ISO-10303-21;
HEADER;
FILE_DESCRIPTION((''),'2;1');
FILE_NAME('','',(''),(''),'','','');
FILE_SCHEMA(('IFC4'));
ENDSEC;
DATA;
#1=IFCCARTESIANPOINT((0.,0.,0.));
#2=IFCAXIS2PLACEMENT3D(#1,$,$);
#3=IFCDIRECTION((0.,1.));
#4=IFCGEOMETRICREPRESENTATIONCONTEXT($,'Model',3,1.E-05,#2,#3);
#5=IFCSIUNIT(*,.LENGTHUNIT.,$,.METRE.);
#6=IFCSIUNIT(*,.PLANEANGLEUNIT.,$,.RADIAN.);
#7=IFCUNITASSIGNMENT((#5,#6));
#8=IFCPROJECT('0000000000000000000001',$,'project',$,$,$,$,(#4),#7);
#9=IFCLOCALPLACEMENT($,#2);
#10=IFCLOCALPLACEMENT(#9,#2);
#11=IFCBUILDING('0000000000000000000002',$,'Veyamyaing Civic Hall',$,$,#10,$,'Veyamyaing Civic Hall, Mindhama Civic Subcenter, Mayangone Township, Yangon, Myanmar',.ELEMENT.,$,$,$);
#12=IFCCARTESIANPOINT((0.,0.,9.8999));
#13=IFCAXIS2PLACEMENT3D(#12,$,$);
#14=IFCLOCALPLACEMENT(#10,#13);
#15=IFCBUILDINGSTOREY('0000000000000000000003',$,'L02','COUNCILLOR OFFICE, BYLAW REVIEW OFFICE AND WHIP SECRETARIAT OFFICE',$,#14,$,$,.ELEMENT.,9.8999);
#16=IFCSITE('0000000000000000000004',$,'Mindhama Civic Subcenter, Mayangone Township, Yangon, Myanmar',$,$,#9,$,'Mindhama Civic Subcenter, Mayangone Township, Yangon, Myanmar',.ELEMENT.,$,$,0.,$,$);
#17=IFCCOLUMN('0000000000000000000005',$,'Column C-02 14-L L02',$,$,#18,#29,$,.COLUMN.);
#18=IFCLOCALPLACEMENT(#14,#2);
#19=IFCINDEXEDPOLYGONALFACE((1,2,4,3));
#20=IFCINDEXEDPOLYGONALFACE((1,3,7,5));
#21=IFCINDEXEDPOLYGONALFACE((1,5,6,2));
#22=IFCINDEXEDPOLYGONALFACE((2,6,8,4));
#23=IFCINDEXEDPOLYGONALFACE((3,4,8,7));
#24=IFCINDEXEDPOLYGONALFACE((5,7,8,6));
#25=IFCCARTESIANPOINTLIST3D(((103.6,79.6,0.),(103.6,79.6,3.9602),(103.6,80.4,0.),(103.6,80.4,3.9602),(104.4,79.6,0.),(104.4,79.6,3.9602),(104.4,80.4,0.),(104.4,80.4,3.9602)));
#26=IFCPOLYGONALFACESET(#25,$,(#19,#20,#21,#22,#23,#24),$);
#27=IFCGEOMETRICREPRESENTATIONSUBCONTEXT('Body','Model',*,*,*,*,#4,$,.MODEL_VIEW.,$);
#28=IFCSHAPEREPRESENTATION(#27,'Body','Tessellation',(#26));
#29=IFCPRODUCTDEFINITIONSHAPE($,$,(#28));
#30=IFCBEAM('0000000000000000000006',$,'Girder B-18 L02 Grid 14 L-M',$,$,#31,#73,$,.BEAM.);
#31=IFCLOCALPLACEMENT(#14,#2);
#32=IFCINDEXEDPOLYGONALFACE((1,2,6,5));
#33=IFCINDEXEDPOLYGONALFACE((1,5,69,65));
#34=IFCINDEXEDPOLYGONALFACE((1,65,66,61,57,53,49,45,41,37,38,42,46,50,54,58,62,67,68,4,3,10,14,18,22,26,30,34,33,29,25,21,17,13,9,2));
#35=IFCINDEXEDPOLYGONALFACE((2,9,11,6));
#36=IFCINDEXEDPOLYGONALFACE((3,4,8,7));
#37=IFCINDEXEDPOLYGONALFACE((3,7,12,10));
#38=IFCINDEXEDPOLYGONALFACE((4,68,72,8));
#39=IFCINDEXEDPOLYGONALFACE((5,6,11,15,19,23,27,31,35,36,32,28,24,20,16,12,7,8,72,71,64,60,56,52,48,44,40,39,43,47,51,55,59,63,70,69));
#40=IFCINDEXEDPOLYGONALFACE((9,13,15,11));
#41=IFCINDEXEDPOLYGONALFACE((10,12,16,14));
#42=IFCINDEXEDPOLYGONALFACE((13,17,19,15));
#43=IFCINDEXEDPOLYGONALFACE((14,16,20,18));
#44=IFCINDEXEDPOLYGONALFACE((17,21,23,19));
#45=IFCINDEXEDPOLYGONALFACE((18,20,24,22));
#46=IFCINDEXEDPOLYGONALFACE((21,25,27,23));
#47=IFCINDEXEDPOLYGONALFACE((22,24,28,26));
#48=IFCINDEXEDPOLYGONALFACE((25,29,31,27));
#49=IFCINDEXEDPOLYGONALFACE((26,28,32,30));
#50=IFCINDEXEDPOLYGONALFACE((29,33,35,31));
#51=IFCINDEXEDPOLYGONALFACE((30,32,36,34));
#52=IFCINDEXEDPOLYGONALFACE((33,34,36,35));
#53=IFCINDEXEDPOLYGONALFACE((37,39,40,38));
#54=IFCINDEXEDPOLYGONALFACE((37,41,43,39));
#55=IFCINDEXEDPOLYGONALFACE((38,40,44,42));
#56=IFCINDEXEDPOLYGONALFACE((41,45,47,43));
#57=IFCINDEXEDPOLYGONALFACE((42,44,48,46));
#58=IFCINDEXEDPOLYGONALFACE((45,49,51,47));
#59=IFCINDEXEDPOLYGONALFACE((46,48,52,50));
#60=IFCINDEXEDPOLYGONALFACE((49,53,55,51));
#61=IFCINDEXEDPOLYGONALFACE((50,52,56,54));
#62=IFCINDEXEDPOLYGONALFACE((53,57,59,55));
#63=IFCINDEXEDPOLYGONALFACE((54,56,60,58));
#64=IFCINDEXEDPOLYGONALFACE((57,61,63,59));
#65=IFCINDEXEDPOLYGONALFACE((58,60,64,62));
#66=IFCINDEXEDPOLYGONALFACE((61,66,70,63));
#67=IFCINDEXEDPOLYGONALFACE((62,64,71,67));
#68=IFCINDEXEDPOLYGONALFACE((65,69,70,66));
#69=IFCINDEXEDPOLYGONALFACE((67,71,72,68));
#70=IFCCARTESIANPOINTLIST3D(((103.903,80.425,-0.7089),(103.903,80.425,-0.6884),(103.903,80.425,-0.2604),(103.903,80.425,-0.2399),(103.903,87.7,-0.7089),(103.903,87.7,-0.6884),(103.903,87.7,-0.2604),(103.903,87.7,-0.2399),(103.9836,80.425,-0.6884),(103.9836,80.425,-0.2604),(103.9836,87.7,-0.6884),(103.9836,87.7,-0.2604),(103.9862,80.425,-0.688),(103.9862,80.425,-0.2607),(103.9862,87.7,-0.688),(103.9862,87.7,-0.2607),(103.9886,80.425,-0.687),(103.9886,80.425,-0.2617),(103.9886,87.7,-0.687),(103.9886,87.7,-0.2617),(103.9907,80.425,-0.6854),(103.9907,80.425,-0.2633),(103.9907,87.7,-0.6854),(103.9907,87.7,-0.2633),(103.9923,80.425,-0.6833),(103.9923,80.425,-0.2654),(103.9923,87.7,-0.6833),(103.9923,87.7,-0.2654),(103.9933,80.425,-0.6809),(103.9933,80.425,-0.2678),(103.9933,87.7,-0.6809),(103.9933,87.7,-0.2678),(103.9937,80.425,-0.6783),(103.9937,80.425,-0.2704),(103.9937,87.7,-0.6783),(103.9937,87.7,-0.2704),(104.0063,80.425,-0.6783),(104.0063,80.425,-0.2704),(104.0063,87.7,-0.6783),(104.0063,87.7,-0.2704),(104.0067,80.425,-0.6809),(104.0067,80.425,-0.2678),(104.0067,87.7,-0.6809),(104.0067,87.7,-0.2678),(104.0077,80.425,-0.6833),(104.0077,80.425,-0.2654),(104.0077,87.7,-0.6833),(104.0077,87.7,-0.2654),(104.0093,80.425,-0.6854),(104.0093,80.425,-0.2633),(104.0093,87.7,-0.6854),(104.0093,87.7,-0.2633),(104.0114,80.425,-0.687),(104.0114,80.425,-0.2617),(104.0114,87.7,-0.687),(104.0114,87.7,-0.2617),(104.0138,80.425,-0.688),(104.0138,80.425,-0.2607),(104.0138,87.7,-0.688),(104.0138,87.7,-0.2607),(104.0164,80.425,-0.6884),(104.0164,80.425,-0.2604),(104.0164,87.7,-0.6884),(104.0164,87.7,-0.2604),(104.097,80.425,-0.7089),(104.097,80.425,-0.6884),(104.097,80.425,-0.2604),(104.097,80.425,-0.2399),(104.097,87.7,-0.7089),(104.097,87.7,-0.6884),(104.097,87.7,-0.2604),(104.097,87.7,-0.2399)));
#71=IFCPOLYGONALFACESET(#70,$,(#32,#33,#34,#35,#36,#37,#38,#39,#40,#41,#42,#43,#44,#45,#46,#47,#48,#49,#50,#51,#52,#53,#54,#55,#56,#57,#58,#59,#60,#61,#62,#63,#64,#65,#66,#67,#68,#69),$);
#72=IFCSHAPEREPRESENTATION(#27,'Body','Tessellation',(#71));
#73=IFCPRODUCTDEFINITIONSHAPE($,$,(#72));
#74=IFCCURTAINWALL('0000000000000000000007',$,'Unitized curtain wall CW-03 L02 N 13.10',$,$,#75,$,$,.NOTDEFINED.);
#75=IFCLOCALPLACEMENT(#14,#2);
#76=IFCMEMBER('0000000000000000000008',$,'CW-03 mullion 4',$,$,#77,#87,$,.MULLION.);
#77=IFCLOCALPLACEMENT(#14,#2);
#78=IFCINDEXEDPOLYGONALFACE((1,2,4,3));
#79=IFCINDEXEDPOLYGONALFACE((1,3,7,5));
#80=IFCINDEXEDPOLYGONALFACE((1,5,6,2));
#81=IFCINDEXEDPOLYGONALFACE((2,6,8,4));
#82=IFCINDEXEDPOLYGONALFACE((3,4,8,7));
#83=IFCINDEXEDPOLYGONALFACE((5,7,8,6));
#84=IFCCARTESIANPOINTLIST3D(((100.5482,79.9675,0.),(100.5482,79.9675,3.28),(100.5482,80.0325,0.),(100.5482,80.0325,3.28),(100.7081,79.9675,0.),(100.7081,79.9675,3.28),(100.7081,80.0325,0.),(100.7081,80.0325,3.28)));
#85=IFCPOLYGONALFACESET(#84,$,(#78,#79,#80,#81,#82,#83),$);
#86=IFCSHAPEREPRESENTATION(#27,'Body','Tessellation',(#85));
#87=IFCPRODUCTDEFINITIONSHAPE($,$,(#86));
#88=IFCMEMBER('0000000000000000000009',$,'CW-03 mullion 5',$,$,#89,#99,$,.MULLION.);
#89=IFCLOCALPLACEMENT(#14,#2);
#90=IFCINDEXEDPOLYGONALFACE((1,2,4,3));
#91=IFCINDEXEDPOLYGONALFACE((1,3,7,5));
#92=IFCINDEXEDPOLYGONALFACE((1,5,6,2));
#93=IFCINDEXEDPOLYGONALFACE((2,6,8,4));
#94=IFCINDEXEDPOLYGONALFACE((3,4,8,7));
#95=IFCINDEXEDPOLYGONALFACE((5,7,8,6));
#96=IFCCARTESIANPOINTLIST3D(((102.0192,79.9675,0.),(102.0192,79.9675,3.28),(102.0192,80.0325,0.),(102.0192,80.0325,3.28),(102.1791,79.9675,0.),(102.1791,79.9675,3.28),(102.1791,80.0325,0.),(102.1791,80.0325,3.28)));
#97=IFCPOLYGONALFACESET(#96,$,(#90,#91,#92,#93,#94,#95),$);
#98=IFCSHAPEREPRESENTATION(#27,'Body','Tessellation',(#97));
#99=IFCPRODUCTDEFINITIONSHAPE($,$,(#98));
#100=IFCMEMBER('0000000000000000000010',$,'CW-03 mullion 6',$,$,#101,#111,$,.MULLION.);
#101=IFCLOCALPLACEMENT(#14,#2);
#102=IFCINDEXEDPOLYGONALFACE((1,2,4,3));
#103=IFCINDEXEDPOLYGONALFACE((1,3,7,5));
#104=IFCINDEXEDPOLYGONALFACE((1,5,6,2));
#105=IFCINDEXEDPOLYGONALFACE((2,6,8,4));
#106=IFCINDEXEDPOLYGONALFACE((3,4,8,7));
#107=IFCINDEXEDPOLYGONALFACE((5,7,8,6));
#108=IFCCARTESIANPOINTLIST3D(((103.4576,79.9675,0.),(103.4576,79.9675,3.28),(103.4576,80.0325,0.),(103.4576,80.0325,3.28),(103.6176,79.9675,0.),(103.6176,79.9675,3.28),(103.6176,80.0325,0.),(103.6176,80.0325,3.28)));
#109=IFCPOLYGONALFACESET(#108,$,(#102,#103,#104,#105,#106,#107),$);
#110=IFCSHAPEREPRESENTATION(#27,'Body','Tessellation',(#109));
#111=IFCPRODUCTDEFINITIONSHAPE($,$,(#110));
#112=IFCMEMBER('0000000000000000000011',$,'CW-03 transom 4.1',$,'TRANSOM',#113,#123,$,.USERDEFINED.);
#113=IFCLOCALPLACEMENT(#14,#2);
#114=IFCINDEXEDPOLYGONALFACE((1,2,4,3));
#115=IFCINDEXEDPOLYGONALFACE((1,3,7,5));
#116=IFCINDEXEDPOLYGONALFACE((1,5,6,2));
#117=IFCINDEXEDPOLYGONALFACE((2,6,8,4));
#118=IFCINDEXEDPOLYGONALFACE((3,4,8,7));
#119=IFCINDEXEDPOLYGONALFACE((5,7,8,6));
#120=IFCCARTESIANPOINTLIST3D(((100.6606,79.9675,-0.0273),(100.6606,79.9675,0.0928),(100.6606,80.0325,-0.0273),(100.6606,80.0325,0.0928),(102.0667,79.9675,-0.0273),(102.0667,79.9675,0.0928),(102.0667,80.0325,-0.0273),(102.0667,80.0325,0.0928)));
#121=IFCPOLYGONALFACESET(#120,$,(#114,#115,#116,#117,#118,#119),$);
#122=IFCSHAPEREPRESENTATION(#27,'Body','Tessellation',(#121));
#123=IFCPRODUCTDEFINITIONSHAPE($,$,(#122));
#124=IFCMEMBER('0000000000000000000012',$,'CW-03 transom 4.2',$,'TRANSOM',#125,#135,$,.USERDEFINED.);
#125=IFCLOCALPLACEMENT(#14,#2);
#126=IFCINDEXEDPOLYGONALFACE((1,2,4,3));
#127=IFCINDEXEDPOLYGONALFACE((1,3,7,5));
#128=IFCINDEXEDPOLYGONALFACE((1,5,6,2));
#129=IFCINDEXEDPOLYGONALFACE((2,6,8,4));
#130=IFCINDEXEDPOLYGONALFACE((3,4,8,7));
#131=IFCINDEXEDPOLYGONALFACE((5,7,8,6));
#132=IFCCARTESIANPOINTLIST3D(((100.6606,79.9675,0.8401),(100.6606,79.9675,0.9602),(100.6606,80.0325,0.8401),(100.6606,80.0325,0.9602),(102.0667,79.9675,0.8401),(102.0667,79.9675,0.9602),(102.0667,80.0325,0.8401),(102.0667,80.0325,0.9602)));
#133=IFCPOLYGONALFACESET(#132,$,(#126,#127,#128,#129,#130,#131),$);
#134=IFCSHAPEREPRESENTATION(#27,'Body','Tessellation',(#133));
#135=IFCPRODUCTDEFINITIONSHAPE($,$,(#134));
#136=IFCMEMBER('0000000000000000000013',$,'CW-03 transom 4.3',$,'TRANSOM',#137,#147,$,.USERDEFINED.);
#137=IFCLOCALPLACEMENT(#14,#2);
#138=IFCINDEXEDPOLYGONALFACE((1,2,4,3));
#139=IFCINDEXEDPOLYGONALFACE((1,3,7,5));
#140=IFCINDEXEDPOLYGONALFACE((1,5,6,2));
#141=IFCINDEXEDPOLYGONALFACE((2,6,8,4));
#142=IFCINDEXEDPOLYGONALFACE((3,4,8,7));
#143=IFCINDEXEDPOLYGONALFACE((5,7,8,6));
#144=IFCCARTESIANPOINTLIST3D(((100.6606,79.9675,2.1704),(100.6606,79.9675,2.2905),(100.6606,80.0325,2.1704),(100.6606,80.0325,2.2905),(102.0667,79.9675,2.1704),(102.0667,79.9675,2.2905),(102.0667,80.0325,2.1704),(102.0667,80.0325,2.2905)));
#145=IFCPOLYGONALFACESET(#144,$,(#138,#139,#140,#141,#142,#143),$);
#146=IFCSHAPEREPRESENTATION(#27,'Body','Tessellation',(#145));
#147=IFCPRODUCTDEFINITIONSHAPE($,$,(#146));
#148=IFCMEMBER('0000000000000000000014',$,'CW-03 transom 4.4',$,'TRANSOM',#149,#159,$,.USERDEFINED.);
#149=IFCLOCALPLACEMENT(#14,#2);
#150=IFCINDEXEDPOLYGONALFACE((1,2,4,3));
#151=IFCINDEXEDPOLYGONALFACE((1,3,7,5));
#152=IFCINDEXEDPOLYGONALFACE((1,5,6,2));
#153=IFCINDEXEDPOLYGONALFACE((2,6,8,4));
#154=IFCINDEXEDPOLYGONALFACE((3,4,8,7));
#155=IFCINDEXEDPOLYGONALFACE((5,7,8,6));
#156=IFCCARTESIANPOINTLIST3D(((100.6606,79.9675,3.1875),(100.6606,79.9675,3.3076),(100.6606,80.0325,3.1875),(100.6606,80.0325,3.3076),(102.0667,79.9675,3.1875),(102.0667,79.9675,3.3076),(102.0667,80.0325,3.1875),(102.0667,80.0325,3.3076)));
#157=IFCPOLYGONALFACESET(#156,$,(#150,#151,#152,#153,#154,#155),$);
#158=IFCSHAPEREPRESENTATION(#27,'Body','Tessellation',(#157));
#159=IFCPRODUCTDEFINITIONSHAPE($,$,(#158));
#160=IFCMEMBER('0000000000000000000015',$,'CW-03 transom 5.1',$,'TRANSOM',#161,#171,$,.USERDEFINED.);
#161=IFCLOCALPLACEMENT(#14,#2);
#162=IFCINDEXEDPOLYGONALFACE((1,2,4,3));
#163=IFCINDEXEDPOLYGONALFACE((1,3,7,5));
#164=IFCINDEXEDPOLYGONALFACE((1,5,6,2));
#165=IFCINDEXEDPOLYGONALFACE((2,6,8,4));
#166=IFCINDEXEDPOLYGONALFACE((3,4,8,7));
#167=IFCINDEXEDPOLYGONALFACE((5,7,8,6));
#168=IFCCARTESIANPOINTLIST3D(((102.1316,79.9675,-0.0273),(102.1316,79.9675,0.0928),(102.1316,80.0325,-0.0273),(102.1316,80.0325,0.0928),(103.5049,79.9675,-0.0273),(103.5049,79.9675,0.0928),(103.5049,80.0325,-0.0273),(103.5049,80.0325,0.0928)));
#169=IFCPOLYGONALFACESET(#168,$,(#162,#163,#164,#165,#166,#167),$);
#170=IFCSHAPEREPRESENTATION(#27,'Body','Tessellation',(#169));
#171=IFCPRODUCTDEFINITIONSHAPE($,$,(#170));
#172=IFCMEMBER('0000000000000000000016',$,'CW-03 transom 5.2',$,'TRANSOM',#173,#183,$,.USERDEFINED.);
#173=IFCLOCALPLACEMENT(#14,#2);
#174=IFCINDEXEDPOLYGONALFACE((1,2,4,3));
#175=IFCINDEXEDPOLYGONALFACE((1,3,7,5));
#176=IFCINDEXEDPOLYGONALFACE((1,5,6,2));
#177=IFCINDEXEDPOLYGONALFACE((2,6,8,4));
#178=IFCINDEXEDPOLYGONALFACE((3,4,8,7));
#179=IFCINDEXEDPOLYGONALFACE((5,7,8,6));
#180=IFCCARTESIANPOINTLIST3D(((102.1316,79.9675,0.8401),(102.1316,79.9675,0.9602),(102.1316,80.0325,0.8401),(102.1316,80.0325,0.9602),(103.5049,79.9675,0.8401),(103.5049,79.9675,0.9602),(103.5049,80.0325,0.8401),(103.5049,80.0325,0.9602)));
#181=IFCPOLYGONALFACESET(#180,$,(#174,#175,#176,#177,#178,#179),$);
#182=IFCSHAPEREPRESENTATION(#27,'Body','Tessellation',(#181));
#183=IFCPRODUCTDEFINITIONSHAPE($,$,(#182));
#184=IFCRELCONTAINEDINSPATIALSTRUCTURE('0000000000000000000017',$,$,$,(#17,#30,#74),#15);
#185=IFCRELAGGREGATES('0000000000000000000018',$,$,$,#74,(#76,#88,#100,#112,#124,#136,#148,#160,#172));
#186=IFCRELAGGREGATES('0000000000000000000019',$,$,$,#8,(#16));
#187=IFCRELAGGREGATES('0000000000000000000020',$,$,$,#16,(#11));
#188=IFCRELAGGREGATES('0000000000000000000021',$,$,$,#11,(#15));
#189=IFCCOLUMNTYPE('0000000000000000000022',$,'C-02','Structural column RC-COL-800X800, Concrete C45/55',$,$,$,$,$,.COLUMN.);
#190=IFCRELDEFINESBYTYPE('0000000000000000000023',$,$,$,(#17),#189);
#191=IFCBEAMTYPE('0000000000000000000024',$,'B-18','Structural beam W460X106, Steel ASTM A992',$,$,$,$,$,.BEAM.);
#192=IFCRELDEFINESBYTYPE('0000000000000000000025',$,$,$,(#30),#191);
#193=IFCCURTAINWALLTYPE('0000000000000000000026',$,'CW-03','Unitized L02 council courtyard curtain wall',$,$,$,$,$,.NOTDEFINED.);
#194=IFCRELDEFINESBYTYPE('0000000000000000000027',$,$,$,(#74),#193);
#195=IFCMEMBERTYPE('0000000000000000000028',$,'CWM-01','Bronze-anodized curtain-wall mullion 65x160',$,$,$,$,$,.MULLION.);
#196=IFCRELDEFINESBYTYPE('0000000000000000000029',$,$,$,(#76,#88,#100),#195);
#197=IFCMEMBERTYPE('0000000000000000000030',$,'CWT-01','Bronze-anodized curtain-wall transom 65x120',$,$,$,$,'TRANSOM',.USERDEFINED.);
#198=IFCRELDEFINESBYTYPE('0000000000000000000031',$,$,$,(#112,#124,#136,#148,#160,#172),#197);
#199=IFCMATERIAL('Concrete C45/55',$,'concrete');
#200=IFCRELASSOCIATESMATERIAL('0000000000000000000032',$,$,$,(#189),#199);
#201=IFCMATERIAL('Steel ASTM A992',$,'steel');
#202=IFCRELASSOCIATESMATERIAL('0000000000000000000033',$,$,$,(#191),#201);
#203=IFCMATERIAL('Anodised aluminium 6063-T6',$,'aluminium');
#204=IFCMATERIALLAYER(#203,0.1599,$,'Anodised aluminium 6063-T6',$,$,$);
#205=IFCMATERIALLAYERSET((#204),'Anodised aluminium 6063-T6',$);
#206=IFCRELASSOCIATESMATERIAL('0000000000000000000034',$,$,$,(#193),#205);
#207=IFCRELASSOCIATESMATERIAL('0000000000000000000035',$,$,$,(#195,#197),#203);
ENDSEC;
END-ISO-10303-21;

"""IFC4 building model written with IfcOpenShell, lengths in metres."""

from ifc_helpers import new_model, si_unit, direction, frame, origin, origin_2d, place, context, subcontext, project, spatial, rectangle, i_section, extrude, material, layer, layer_set, material_profile, profile_set, type_object, element, aggregate, save


model = new_model("IFC4")

# Units and contexts
model_context = context("Model", 3, precision=1e-05, world=origin(), true_north=direction((0.0, 1.0)))
body_context = subcontext(model_context, "Body", "Model", "MODEL_VIEW")
ifc_project = project(units=[si_unit("LENGTHUNIT", "METRE"), si_unit("PLANEANGLEUNIT", "RADIAN")], contexts=[model_context])

# Site, building, storey
site_placement = place(None, origin())
site = spatial("IfcSite", under=ifc_project, at=site_placement, Name="Mindhama Civic Subcenter, Mayangone Township, Yangon, Myanmar", LongName="Mindhama Civic Subcenter, Mayangone Township, Yangon, Myanmar", CompositionType="ELEMENT", RefElevation=0.0)
building_placement = place(site_placement, origin())
building = spatial("IfcBuilding", under=site, at=building_placement, Name="Veyamyaing Civic Hall", LongName="Veyamyaing Civic Hall, Mindhama Civic Subcenter, Mayangone Township, Yangon, Myanmar", CompositionType="ELEMENT")
storey_placement = place(building_placement, frame((0.0, 0.0, 9.8999)))
storey = spatial("IfcBuildingStorey", under=building, at=storey_placement, Name="L02", Description="COUNCILLOR OFFICE, BYLAW REVIEW OFFICE AND WHIP SECRETARIAT OFFICE", CompositionType="ELEMENT", Elevation=9.8999)

# Column
ifc_material_1 = material(Name="Concrete C45/55", Category="concrete")
ifc_material_profile_1 = material_profile(ifc_material_1, rectangle(XDim=0.8, YDim=0.8, at=origin_2d()), Name="RC-COL-800X800")
ifc_profile_set_1 = profile_set([ifc_material_profile_1], Name="Concrete C45/55")
column_type = type_object("IfcColumnType", Name="C-02", Description="Structural column RC-COL-800X800, Concrete C45/55", PredefinedType="COLUMN", material=ifc_profile_set_1)
column_placement = place(storey_placement, frame((104.0, 80.0, 0.0), z_axis=(0.0, 0.0, 1.0), x_axis=(1.0, 0.0, 0.0)))
element("IfcColumn", 1, at=column_placement, inside=storey, type_object=column_type, Name="Column C-02 14-L L02", PredefinedType="COLUMN", context=body_context, shape_type="SweptSolid", body=[
    extrude(rectangle(XDim=0.8, YDim=0.8, at=origin_2d()), origin(), (0.0, 0.0, 1.0), 3.9602),
])

# Beam
ifc_material_2 = material(Name="Steel ASTM A992", Category="steel")
ifc_material_profile_2 = material_profile(ifc_material_2, i_section(OverallWidth=0.1941, OverallDepth=0.469, WebThickness=0.0127, FlangeThickness=0.0205, FilletRadius=0.01, at=origin_2d()), Name="W460X106")
ifc_profile_set_2 = profile_set([ifc_material_profile_2], Name="Steel ASTM A992")
beam_type = type_object("IfcBeamType", Name="B-18", Description="Structural beam W460X106, Steel ASTM A992", PredefinedType="BEAM", material=ifc_profile_set_2)
beam_placement = place(storey_placement, frame((104.0, 80.425, -0.4744), z_axis=(0.0, 1.0, 0.0), x_axis=(-1.0, 0.0, 0.0)))
element("IfcBeam", 2, at=beam_placement, inside=storey, type_object=beam_type, Name="Girder B-18 L02 Grid 14 L-M", PredefinedType="BEAM", context=body_context, shape_type="SweptSolid", body=[
    extrude(i_section(OverallWidth=0.1941, OverallDepth=0.469, WebThickness=0.0127, FlangeThickness=0.0205, FilletRadius=0.01, at=origin_2d()), origin(), (0.0, 0.0, 1.0), 7.2749),
])

# Curtain wall, members
ifc_material_3 = material(Name="Anodised aluminium 6063-T6", Category="aluminium")
ifc_layer_1 = layer(ifc_material_3, 0.1599, Name="Anodised aluminium 6063-T6")
ifc_layer_set_1 = layer_set([ifc_layer_1], Name="Anodised aluminium 6063-T6")
curtain_wall_type = type_object("IfcCurtainWallType", Name="CW-03", Description="Unitized L02 council courtyard curtain wall", PredefinedType="NOTDEFINED", material=ifc_layer_set_1)
curtain_wall_placement = place(storey_placement, origin())
curtain_wall = element("IfcCurtainWall", 3, at=curtain_wall_placement, inside=storey, type_object=curtain_wall_type, Name="Unitized curtain wall CW-03 L02 N 13.10", PredefinedType="NOTDEFINED")
ifc_material_profile_3 = material_profile(ifc_material_3, rectangle(XDim=0.0649, YDim=0.1599, at=origin_2d()), Name="ALU-MUL-65X160")
ifc_profile_set_3 = profile_set([ifc_material_profile_3], Name="Anodised aluminium 6063-T6")
member_type_1 = type_object("IfcMemberType", Name="CWM-01", Description="Bronze-anodized curtain-wall mullion 65x160", PredefinedType="MULLION", material=ifc_profile_set_3)
member_1_placement = place(storey_placement, frame((100.6282, 80.0, 0.0), z_axis=(0.0, 0.0, 1.0), x_axis=(0.0, 1.0, 0.0)))
member_1 = element("IfcMember", 4, at=member_1_placement, type_object=member_type_1, Name="CW-03 mullion 4", PredefinedType="MULLION", context=body_context, shape_type="SweptSolid", body=[
    extrude(rectangle(XDim=0.0649, YDim=0.1599, at=origin_2d()), origin(), (0.0, 0.0, 1.0), 3.28),
])
member_2_placement = place(storey_placement, frame((102.0991, 80.0, 0.0), z_axis=(0.0, 0.0, 1.0), x_axis=(0.0, 1.0, 0.0)))
member_2 = element("IfcMember", 5, at=member_2_placement, type_object=member_type_1, Name="CW-03 mullion 5", PredefinedType="MULLION", context=body_context, shape_type="SweptSolid", body=[
    extrude(rectangle(XDim=0.0649, YDim=0.1599, at=origin_2d()), origin(), (0.0, 0.0, 1.0), 3.28),
])
member_3_placement = place(storey_placement, frame((103.5376, 80.0, 0.0), z_axis=(0.0, 0.0, 1.0), x_axis=(0.0, 1.0, 0.0)))
member_3 = element("IfcMember", 6, at=member_3_placement, type_object=member_type_1, Name="CW-03 mullion 6", PredefinedType="MULLION", context=body_context, shape_type="SweptSolid", body=[
    extrude(rectangle(XDim=0.0649, YDim=0.1599, at=origin_2d()), origin(), (0.0, 0.0, 1.0), 3.28),
])
ifc_material_profile_4 = material_profile(ifc_material_3, rectangle(XDim=0.0649, YDim=0.1201, at=origin_2d()), Name="ALU-TRN-65X120")
ifc_profile_set_4 = profile_set([ifc_material_profile_4], Name="Anodised aluminium 6063-T6")
member_type_2 = type_object("IfcMemberType", Name="CWT-01", Description="Bronze-anodized curtain-wall transom 65x120", ElementType="TRANSOM", PredefinedType="USERDEFINED", material=ifc_profile_set_4)
member_4_placement = place(storey_placement, frame((100.6606, 80.0, 0.0327), z_axis=(1.0, 0.0, 0.0), x_axis=(0.0, 1.0, 0.0)))
member_4 = element("IfcMember", 7, at=member_4_placement, type_object=member_type_2, Name="CW-03 transom 4.1", ObjectType="TRANSOM", PredefinedType="USERDEFINED", context=body_context, shape_type="SweptSolid", body=[
    extrude(rectangle(XDim=0.0649, YDim=0.1201, at=origin_2d()), origin(), (0.0, 0.0, 1.0), 1.406),
])
member_5_placement = place(storey_placement, frame((100.6606, 80.0, 0.9001), z_axis=(1.0, 0.0, 0.0), x_axis=(0.0, 1.0, 0.0)))
member_5 = element("IfcMember", 8, at=member_5_placement, type_object=member_type_2, Name="CW-03 transom 4.2", ObjectType="TRANSOM", PredefinedType="USERDEFINED", context=body_context, shape_type="SweptSolid", body=[
    extrude(rectangle(XDim=0.0649, YDim=0.1201, at=origin_2d()), origin(), (0.0, 0.0, 1.0), 1.406),
])
member_6_placement = place(storey_placement, frame((100.6606, 80.0, 2.2305), z_axis=(1.0, 0.0, 0.0), x_axis=(0.0, 1.0, 0.0)))
member_6 = element("IfcMember", 9, at=member_6_placement, type_object=member_type_2, Name="CW-03 transom 4.3", ObjectType="TRANSOM", PredefinedType="USERDEFINED", context=body_context, shape_type="SweptSolid", body=[
    extrude(rectangle(XDim=0.0649, YDim=0.1201, at=origin_2d()), origin(), (0.0, 0.0, 1.0), 1.406),
])
member_7_placement = place(storey_placement, frame((100.6606, 80.0, 3.2476), z_axis=(1.0, 0.0, 0.0), x_axis=(0.0, 1.0, 0.0)))
member_7 = element("IfcMember", 10, at=member_7_placement, type_object=member_type_2, Name="CW-03 transom 4.4", ObjectType="TRANSOM", PredefinedType="USERDEFINED", context=body_context, shape_type="SweptSolid", body=[
    extrude(rectangle(XDim=0.0649, YDim=0.1201, at=origin_2d()), origin(), (0.0, 0.0, 1.0), 1.406),
])
member_8_placement = place(storey_placement, frame((102.1316, 80.0, 0.0327), z_axis=(1.0, 0.0, 0.0), x_axis=(0.0, 1.0, 0.0)))
member_8 = element("IfcMember", 11, at=member_8_placement, type_object=member_type_2, Name="CW-03 transom 5.1", ObjectType="TRANSOM", PredefinedType="USERDEFINED", context=body_context, shape_type="SweptSolid", body=[
    extrude(rectangle(XDim=0.0649, YDim=0.1201, at=origin_2d()), origin(), (0.0, 0.0, 1.0), 1.3733),
])
member_9_placement = place(storey_placement, frame((102.1316, 80.0, 0.9001), z_axis=(1.0, 0.0, 0.0), x_axis=(0.0, 1.0, 0.0)))
member_9 = element("IfcMember", 12, at=member_9_placement, type_object=member_type_2, Name="CW-03 transom 5.2", ObjectType="TRANSOM", PredefinedType="USERDEFINED", context=body_context, shape_type="SweptSolid", body=[
    extrude(rectangle(XDim=0.0649, YDim=0.1201, at=origin_2d()), origin(), (0.0, 0.0, 1.0), 1.3733),
])
aggregate(curtain_wall, [member_1, member_2, member_3, member_4, member_5, member_6, member_7, member_8, member_9])

save(model, "model.ifc")
